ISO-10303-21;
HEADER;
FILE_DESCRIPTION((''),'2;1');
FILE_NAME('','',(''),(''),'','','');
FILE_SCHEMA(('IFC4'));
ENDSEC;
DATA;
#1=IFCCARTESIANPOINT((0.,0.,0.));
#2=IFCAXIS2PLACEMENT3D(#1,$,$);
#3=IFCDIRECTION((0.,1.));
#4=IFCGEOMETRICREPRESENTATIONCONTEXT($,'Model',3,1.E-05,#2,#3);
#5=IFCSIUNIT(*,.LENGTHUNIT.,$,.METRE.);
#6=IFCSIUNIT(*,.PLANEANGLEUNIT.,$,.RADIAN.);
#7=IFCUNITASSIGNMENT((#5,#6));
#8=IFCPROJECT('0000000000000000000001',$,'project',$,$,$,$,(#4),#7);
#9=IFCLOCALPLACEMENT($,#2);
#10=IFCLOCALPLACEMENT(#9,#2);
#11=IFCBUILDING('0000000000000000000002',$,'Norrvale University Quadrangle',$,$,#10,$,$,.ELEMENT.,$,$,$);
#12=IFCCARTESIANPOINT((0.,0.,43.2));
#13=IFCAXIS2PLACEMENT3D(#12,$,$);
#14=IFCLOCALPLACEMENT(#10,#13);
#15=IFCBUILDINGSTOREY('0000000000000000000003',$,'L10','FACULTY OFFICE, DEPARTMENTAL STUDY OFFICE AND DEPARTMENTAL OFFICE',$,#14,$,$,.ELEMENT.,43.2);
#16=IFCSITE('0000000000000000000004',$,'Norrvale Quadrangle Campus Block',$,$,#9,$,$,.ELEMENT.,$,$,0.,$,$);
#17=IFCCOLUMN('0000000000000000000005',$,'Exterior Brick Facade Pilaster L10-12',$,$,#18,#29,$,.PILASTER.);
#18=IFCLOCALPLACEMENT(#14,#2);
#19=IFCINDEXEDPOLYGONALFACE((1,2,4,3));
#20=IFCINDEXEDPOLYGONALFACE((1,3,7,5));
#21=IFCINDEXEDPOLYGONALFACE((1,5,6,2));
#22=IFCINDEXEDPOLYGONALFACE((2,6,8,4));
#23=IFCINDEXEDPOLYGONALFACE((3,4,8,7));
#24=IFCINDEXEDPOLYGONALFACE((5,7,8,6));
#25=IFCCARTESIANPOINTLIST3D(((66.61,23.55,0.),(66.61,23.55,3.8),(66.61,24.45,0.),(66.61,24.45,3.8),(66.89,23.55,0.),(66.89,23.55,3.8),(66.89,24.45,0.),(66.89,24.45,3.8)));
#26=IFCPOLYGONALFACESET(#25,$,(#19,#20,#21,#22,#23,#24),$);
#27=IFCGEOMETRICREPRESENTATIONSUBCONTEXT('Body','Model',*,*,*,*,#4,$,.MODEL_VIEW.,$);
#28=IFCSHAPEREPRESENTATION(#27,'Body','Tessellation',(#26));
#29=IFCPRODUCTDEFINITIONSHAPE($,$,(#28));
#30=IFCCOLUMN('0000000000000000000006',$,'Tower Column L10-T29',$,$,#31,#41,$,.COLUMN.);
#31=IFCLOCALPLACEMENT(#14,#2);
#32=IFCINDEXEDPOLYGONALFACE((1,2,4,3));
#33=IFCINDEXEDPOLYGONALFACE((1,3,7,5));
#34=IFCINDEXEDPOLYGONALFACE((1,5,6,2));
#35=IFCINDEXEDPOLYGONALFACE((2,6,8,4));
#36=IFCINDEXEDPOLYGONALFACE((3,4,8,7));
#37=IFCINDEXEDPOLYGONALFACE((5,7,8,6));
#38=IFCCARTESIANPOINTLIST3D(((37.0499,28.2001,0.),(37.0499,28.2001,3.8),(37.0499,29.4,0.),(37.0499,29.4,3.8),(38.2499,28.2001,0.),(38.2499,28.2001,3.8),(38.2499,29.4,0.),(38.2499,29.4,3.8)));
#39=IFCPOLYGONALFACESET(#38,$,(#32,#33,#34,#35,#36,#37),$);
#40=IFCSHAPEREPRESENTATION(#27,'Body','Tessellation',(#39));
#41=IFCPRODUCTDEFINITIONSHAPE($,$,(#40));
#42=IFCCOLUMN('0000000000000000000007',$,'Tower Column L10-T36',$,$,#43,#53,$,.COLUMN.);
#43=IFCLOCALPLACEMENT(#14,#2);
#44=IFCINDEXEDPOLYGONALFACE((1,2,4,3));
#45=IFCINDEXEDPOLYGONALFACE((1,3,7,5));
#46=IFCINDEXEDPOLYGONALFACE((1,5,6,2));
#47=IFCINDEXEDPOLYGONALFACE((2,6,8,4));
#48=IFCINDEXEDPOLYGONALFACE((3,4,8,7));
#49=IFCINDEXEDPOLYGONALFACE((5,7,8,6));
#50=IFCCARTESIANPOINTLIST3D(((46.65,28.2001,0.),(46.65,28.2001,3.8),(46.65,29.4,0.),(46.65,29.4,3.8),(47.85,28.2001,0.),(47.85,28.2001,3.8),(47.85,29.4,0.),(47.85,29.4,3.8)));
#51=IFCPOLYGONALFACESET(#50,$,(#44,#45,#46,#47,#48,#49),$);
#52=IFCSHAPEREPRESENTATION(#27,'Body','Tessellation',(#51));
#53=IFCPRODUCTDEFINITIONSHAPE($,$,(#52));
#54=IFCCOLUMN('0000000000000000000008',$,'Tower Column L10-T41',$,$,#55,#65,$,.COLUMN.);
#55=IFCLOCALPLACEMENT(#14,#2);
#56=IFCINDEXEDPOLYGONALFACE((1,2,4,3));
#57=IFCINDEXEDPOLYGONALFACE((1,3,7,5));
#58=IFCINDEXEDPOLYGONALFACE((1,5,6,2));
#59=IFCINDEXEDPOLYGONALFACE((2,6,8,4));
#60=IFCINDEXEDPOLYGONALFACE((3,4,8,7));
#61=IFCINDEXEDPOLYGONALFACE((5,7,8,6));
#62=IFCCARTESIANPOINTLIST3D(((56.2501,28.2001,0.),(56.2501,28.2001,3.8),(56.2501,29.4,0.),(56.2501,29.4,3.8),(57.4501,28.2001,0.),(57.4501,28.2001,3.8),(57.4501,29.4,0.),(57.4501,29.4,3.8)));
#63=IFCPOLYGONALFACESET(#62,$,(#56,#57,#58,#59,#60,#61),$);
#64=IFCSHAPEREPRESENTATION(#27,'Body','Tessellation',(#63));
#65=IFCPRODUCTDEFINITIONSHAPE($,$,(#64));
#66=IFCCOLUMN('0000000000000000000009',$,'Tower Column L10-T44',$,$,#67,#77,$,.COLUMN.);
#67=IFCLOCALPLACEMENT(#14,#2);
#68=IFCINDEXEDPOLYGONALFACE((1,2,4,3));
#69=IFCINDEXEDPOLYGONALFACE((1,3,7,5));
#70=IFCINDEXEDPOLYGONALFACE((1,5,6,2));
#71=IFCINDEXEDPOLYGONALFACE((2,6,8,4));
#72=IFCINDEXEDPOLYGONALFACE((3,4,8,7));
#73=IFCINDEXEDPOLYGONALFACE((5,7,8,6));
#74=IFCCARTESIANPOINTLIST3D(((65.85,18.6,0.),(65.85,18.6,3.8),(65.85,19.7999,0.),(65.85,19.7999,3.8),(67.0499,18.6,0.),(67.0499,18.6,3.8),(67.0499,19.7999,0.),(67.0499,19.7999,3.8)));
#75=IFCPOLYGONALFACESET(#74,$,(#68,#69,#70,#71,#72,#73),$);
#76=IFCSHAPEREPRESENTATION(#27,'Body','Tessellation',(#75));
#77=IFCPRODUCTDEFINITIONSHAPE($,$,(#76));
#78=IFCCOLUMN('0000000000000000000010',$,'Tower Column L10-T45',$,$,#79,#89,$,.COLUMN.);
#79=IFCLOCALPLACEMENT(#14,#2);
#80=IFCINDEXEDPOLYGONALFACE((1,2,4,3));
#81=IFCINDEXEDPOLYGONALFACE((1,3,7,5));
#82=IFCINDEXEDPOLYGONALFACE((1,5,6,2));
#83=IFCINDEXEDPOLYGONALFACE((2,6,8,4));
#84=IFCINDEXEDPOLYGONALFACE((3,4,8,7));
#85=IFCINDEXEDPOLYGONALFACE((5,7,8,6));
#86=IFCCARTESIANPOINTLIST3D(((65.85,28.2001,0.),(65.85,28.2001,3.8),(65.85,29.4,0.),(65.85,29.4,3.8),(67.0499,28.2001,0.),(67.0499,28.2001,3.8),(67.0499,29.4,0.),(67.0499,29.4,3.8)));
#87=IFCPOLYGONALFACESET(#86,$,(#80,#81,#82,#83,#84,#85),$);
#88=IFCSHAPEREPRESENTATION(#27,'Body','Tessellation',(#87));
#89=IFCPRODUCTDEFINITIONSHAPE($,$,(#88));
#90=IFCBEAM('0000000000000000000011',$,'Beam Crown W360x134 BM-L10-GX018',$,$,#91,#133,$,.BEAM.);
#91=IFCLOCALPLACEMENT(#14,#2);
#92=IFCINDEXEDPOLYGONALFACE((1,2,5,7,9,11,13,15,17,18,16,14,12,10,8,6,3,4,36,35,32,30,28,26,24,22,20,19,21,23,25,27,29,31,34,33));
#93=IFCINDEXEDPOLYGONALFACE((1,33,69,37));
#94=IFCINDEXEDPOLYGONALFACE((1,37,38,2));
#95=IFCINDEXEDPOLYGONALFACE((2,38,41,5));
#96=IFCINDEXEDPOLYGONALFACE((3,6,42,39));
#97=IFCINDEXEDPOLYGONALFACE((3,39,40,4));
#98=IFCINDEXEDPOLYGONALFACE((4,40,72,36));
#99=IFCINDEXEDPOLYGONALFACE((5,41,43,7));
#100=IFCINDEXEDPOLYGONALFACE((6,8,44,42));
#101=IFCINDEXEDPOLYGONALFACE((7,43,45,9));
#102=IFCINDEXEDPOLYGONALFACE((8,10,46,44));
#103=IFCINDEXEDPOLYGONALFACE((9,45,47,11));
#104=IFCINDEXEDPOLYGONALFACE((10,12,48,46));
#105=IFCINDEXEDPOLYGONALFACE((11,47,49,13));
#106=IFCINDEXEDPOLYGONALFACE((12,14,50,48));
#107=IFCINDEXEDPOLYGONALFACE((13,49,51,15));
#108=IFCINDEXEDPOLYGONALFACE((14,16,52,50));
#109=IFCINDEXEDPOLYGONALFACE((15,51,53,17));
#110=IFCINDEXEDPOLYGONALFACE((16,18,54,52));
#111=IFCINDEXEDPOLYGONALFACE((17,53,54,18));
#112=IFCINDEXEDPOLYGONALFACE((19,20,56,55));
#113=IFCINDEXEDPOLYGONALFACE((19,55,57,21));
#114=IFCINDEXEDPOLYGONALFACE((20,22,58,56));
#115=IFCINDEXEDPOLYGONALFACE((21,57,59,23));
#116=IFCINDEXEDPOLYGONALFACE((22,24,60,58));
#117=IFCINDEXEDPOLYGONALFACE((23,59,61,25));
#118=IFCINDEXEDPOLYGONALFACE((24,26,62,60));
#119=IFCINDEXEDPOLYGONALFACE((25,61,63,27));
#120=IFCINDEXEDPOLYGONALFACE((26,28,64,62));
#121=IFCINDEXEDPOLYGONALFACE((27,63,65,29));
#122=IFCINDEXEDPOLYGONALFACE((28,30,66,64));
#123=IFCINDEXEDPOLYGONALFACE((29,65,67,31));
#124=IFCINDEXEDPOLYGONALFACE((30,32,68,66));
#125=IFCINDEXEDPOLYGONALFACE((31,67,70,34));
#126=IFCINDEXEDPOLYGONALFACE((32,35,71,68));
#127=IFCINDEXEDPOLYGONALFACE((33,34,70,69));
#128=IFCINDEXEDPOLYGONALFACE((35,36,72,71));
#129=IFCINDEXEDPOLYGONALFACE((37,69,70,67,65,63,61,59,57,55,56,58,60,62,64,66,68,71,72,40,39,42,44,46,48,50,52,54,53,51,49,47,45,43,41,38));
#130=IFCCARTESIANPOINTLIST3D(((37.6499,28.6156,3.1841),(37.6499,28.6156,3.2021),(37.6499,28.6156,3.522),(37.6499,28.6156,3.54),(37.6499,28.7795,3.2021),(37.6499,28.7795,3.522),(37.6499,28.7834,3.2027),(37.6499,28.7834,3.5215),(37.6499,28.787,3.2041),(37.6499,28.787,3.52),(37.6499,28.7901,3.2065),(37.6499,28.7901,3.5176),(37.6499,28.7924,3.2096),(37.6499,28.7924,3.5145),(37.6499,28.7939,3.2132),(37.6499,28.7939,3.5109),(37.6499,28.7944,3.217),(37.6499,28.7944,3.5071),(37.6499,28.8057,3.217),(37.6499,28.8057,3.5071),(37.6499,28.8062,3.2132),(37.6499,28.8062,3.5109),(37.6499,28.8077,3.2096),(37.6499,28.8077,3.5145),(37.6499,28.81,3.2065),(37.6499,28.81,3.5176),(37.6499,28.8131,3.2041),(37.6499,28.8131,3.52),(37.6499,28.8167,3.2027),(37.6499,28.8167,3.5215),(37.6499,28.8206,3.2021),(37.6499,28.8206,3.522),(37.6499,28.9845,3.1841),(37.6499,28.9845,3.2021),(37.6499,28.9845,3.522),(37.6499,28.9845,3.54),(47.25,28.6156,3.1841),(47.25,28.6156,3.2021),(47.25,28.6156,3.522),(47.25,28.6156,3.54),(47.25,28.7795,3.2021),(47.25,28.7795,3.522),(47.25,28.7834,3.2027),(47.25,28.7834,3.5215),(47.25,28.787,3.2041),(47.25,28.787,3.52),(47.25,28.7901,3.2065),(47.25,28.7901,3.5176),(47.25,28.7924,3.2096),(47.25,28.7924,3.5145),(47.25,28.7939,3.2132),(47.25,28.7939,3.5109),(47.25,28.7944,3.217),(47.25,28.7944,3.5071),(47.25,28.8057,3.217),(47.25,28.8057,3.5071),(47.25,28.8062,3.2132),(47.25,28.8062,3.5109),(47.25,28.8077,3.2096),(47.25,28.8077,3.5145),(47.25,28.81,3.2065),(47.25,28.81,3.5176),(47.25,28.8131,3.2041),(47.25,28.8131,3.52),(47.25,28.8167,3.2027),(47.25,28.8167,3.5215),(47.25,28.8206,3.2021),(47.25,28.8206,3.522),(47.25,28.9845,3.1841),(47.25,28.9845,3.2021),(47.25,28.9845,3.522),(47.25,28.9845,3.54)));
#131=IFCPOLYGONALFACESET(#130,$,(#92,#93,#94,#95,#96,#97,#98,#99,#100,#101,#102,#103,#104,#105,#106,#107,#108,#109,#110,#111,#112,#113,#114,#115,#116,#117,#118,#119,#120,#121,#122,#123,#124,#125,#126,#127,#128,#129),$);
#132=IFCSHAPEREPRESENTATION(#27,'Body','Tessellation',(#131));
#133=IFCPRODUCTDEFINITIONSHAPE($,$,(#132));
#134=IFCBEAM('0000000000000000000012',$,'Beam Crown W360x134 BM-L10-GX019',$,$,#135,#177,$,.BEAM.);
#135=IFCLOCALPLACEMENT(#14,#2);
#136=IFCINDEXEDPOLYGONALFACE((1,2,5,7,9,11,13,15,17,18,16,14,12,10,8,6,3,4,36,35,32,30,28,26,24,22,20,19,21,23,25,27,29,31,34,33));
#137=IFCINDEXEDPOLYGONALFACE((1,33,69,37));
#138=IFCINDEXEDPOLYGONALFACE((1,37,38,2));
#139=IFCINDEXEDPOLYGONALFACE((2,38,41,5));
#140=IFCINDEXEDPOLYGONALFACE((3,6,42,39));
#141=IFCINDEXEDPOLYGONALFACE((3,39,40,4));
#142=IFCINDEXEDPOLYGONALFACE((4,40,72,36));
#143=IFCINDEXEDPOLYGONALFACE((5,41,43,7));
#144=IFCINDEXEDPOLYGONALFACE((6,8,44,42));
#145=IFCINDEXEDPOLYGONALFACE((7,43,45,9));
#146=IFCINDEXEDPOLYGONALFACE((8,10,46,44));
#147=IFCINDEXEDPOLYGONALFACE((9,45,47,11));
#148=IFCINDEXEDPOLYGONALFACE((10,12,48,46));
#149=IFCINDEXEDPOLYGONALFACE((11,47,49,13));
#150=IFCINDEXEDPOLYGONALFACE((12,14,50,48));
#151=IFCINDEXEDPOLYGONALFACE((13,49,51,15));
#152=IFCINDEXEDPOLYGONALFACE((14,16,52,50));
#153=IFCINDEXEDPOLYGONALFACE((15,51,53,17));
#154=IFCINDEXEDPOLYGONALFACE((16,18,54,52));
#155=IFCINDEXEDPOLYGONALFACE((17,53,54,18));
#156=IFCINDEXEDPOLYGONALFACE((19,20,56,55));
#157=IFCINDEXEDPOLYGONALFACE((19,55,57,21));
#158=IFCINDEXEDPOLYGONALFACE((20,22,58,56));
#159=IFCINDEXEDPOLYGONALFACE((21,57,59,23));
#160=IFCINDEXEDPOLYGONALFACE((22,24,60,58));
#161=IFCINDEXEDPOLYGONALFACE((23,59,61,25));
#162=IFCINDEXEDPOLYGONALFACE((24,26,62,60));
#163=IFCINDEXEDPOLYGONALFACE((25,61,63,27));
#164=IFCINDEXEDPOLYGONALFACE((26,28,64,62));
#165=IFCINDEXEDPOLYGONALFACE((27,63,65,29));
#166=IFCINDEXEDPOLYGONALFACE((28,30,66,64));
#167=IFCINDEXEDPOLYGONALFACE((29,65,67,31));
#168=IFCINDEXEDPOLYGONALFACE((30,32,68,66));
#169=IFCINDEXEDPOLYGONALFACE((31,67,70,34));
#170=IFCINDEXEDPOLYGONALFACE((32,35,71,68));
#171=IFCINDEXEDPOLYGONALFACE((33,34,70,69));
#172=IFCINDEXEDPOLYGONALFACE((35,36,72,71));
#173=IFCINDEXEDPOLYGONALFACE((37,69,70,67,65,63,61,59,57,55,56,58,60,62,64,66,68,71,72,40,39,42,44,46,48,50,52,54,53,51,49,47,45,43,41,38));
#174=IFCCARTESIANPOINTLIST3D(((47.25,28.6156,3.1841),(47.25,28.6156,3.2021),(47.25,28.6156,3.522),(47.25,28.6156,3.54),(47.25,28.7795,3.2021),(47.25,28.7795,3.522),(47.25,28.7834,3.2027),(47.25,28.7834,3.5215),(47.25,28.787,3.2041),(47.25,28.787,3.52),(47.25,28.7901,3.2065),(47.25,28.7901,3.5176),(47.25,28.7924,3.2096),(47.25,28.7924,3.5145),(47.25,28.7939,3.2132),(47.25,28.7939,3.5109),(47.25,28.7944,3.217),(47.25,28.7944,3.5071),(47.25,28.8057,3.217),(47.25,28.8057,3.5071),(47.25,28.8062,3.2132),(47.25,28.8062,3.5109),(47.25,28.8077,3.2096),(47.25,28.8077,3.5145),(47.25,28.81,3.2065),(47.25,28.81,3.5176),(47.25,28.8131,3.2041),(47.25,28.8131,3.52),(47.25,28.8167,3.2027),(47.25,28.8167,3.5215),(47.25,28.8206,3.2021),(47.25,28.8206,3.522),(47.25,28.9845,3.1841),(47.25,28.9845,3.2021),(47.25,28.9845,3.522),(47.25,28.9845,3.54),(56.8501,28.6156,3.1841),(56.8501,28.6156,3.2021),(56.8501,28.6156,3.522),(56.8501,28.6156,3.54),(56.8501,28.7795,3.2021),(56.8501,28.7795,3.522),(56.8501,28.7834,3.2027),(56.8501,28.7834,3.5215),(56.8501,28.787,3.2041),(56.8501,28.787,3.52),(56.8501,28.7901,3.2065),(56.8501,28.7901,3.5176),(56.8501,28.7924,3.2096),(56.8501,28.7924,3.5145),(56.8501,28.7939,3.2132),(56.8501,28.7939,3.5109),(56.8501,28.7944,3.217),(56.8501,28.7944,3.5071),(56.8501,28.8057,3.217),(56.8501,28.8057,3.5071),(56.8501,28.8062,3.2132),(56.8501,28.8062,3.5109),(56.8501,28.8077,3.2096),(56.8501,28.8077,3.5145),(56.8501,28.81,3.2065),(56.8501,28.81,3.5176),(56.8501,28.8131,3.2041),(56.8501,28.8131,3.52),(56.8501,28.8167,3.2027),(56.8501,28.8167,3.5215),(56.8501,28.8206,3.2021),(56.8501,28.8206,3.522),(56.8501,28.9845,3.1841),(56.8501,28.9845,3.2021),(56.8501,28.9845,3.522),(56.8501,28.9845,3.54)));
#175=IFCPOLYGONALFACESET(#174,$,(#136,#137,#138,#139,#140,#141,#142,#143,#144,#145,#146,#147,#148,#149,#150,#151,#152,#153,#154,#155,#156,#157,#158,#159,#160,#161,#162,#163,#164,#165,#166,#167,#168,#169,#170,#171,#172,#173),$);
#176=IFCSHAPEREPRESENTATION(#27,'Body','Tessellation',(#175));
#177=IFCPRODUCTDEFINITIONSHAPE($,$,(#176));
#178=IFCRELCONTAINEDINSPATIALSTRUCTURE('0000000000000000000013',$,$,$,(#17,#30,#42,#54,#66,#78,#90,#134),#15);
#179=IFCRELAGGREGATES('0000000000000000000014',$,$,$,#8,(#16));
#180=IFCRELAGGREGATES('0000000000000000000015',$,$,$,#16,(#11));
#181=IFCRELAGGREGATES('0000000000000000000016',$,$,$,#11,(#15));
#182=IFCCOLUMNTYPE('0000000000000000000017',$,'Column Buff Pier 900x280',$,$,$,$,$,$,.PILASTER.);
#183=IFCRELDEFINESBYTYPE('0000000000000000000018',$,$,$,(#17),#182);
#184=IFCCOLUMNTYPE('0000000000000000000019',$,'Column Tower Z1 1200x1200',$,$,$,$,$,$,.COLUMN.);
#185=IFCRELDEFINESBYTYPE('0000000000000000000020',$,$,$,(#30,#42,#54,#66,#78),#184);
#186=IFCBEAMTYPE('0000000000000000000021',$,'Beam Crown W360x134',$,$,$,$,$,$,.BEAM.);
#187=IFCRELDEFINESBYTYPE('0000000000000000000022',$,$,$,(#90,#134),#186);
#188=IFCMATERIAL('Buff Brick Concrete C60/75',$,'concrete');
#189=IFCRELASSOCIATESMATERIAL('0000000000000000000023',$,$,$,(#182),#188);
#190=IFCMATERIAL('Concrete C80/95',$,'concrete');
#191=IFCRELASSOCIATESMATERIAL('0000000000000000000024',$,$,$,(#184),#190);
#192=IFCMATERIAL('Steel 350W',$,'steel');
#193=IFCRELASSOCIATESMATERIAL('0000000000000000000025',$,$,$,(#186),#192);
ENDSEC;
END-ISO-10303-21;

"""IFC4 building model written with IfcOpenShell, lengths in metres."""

from ifc_helpers import new_model, si_unit, direction, frame, origin, origin_2d, place, context, subcontext, project, spatial, rectangle, i_section, extrude, material, material_profile, profile_set, type_object, element, save


model = new_model("IFC4")

# Units and contexts
model_context = context("Model", 3, precision=1e-05, world=origin(), true_north=direction((0.0, 1.0)))
body_context = subcontext(model_context, "Body", "Model", "MODEL_VIEW")
ifc_project = project(units=[si_unit("LENGTHUNIT", "METRE"), si_unit("PLANEANGLEUNIT", "RADIAN")], contexts=[model_context])

# Site, building, storey
site_placement = place(None, origin())
site = spatial("IfcSite", under=ifc_project, at=site_placement, Name="Norrvale Quadrangle Campus Block", CompositionType="ELEMENT", RefElevation=0.0)
building_placement = place(site_placement, origin())
building = spatial("IfcBuilding", under=site, at=building_placement, Name="Norrvale University Quadrangle", CompositionType="ELEMENT")
storey_placement = place(building_placement, frame((0.0, 0.0, 43.2)))
storey = spatial("IfcBuildingStorey", under=building, at=storey_placement, Name="L10", Description="FACULTY OFFICE, DEPARTMENTAL STUDY OFFICE AND DEPARTMENTAL OFFICE", CompositionType="ELEMENT", Elevation=43.2)

# Columns
ifc_material_1 = material(Name="Buff Brick Concrete C60/75", Category="concrete")
ifc_material_profile_1 = material_profile(ifc_material_1, rectangle(XDim=0.8999, YDim=0.28, at=origin_2d()), Name="Buff Brick Concrete C60/75")
ifc_profile_set_1 = profile_set([ifc_material_profile_1], Name="Buff Brick Concrete C60/75")
column_type_1 = type_object("IfcColumnType", Name="Column Buff Pier 900x280", PredefinedType="PILASTER", material=ifc_profile_set_1)
column_placement = place(storey_placement, frame((66.75, 24.0, 0.0), z_axis=(0.0, 0.0, 1.0), x_axis=(0.0, 1.0, 0.0)))
element("IfcColumn", 1, at=column_placement, inside=storey, type_object=column_type_1, Name="Exterior Brick Facade Pilaster L10-12", PredefinedType="PILASTER", context=body_context, shape_type="SweptSolid", body=[
    extrude(rectangle(XDim=0.8999, YDim=0.28, at=origin_2d()), origin(), (0.0, 0.0, 1.0), 3.8),
])
ifc_material_2 = material(Name="Concrete C80/95", Category="concrete")
ifc_material_profile_2 = material_profile(ifc_material_2, rectangle(XDim=1.2, YDim=1.2, at=origin_2d()), Name="Concrete C80/95")
ifc_profile_set_2 = profile_set([ifc_material_profile_2], Name="Concrete C80/95")
column_type_2 = type_object("IfcColumnType", Name="Column Tower Z1 1200x1200", PredefinedType="COLUMN", material=ifc_profile_set_2)
for number, where, z_axis, x_axis, name in (
    (2, (37.6499, 28.8, 0.0), (0.0, 0.0, 1.0), (1.0, 0.0, 0.0), "Tower Column L10-T29"),
    (3, (47.25, 28.8, 0.0), (0.0, 0.0, 1.0), (1.0, 0.0, 0.0), "Tower Column L10-T36"),
    (4, (56.8501, 28.8, 0.0), (0.0, 0.0, 1.0), (1.0, 0.0, 0.0), "Tower Column L10-T41"),
    (5, (66.45, 19.2, 0.0), (0.0, 0.0, 1.0), (1.0, 0.0, 0.0), "Tower Column L10-T44"),
    (6, (66.45, 28.8, 0.0), (0.0, 0.0, 1.0), (1.0, 0.0, 0.0), "Tower Column L10-T45"),
):
    element("IfcColumn", number, at=place(storey_placement, frame(where, z_axis=z_axis, x_axis=x_axis)), inside=storey, type_object=column_type_2, Name=name, PredefinedType="COLUMN", context=body_context, shape_type="SweptSolid", body=[
        extrude(rectangle(XDim=1.2, YDim=1.2, at=origin_2d()), origin(), (0.0, 0.0, 1.0), 3.8),
    ])

# Beams
ifc_material_3 = material(Name="Steel 350W", Category="steel")
ifc_material_profile_3 = material_profile(ifc_material_3, i_section(OverallWidth=0.3689, OverallDepth=0.356, WebThickness=0.0112, FlangeThickness=0.0181, FilletRadius=0.0149, at=origin_2d()), Name="Steel 350W")
ifc_profile_set_3 = profile_set([ifc_material_profile_3], Name="Steel 350W")
beam_type_1 = type_object("IfcBeamType", Name="Beam Crown W360x134", PredefinedType="BEAM", material=ifc_profile_set_3)
for number, where, z_axis, x_axis, name in (
    (7, (37.6499, 28.8, 3.3621), (1.0, 0.0, 0.0), (0.0, 1.0, 0.0), "Beam Crown W360x134 BM-L10-GX018"),
    (8, (47.25, 28.8, 3.3621), (1.0, 0.0, 0.0), (0.0, 1.0, 0.0), "Beam Crown W360x134 BM-L10-GX019"),
):
    element("IfcBeam", number, at=place(storey_placement, frame(where, z_axis=z_axis, x_axis=x_axis)), inside=storey, type_object=beam_type_1, Name=name, PredefinedType="BEAM", context=body_context, shape_type="SweptSolid", body=[
        extrude(i_section(OverallWidth=0.3689, OverallDepth=0.356, WebThickness=0.0112, FlangeThickness=0.0181, FilletRadius=0.0149, at=origin_2d()), origin(), (0.0, 0.0, 1.0), 9.6001),
    ])

save(model, "model.ifc")
